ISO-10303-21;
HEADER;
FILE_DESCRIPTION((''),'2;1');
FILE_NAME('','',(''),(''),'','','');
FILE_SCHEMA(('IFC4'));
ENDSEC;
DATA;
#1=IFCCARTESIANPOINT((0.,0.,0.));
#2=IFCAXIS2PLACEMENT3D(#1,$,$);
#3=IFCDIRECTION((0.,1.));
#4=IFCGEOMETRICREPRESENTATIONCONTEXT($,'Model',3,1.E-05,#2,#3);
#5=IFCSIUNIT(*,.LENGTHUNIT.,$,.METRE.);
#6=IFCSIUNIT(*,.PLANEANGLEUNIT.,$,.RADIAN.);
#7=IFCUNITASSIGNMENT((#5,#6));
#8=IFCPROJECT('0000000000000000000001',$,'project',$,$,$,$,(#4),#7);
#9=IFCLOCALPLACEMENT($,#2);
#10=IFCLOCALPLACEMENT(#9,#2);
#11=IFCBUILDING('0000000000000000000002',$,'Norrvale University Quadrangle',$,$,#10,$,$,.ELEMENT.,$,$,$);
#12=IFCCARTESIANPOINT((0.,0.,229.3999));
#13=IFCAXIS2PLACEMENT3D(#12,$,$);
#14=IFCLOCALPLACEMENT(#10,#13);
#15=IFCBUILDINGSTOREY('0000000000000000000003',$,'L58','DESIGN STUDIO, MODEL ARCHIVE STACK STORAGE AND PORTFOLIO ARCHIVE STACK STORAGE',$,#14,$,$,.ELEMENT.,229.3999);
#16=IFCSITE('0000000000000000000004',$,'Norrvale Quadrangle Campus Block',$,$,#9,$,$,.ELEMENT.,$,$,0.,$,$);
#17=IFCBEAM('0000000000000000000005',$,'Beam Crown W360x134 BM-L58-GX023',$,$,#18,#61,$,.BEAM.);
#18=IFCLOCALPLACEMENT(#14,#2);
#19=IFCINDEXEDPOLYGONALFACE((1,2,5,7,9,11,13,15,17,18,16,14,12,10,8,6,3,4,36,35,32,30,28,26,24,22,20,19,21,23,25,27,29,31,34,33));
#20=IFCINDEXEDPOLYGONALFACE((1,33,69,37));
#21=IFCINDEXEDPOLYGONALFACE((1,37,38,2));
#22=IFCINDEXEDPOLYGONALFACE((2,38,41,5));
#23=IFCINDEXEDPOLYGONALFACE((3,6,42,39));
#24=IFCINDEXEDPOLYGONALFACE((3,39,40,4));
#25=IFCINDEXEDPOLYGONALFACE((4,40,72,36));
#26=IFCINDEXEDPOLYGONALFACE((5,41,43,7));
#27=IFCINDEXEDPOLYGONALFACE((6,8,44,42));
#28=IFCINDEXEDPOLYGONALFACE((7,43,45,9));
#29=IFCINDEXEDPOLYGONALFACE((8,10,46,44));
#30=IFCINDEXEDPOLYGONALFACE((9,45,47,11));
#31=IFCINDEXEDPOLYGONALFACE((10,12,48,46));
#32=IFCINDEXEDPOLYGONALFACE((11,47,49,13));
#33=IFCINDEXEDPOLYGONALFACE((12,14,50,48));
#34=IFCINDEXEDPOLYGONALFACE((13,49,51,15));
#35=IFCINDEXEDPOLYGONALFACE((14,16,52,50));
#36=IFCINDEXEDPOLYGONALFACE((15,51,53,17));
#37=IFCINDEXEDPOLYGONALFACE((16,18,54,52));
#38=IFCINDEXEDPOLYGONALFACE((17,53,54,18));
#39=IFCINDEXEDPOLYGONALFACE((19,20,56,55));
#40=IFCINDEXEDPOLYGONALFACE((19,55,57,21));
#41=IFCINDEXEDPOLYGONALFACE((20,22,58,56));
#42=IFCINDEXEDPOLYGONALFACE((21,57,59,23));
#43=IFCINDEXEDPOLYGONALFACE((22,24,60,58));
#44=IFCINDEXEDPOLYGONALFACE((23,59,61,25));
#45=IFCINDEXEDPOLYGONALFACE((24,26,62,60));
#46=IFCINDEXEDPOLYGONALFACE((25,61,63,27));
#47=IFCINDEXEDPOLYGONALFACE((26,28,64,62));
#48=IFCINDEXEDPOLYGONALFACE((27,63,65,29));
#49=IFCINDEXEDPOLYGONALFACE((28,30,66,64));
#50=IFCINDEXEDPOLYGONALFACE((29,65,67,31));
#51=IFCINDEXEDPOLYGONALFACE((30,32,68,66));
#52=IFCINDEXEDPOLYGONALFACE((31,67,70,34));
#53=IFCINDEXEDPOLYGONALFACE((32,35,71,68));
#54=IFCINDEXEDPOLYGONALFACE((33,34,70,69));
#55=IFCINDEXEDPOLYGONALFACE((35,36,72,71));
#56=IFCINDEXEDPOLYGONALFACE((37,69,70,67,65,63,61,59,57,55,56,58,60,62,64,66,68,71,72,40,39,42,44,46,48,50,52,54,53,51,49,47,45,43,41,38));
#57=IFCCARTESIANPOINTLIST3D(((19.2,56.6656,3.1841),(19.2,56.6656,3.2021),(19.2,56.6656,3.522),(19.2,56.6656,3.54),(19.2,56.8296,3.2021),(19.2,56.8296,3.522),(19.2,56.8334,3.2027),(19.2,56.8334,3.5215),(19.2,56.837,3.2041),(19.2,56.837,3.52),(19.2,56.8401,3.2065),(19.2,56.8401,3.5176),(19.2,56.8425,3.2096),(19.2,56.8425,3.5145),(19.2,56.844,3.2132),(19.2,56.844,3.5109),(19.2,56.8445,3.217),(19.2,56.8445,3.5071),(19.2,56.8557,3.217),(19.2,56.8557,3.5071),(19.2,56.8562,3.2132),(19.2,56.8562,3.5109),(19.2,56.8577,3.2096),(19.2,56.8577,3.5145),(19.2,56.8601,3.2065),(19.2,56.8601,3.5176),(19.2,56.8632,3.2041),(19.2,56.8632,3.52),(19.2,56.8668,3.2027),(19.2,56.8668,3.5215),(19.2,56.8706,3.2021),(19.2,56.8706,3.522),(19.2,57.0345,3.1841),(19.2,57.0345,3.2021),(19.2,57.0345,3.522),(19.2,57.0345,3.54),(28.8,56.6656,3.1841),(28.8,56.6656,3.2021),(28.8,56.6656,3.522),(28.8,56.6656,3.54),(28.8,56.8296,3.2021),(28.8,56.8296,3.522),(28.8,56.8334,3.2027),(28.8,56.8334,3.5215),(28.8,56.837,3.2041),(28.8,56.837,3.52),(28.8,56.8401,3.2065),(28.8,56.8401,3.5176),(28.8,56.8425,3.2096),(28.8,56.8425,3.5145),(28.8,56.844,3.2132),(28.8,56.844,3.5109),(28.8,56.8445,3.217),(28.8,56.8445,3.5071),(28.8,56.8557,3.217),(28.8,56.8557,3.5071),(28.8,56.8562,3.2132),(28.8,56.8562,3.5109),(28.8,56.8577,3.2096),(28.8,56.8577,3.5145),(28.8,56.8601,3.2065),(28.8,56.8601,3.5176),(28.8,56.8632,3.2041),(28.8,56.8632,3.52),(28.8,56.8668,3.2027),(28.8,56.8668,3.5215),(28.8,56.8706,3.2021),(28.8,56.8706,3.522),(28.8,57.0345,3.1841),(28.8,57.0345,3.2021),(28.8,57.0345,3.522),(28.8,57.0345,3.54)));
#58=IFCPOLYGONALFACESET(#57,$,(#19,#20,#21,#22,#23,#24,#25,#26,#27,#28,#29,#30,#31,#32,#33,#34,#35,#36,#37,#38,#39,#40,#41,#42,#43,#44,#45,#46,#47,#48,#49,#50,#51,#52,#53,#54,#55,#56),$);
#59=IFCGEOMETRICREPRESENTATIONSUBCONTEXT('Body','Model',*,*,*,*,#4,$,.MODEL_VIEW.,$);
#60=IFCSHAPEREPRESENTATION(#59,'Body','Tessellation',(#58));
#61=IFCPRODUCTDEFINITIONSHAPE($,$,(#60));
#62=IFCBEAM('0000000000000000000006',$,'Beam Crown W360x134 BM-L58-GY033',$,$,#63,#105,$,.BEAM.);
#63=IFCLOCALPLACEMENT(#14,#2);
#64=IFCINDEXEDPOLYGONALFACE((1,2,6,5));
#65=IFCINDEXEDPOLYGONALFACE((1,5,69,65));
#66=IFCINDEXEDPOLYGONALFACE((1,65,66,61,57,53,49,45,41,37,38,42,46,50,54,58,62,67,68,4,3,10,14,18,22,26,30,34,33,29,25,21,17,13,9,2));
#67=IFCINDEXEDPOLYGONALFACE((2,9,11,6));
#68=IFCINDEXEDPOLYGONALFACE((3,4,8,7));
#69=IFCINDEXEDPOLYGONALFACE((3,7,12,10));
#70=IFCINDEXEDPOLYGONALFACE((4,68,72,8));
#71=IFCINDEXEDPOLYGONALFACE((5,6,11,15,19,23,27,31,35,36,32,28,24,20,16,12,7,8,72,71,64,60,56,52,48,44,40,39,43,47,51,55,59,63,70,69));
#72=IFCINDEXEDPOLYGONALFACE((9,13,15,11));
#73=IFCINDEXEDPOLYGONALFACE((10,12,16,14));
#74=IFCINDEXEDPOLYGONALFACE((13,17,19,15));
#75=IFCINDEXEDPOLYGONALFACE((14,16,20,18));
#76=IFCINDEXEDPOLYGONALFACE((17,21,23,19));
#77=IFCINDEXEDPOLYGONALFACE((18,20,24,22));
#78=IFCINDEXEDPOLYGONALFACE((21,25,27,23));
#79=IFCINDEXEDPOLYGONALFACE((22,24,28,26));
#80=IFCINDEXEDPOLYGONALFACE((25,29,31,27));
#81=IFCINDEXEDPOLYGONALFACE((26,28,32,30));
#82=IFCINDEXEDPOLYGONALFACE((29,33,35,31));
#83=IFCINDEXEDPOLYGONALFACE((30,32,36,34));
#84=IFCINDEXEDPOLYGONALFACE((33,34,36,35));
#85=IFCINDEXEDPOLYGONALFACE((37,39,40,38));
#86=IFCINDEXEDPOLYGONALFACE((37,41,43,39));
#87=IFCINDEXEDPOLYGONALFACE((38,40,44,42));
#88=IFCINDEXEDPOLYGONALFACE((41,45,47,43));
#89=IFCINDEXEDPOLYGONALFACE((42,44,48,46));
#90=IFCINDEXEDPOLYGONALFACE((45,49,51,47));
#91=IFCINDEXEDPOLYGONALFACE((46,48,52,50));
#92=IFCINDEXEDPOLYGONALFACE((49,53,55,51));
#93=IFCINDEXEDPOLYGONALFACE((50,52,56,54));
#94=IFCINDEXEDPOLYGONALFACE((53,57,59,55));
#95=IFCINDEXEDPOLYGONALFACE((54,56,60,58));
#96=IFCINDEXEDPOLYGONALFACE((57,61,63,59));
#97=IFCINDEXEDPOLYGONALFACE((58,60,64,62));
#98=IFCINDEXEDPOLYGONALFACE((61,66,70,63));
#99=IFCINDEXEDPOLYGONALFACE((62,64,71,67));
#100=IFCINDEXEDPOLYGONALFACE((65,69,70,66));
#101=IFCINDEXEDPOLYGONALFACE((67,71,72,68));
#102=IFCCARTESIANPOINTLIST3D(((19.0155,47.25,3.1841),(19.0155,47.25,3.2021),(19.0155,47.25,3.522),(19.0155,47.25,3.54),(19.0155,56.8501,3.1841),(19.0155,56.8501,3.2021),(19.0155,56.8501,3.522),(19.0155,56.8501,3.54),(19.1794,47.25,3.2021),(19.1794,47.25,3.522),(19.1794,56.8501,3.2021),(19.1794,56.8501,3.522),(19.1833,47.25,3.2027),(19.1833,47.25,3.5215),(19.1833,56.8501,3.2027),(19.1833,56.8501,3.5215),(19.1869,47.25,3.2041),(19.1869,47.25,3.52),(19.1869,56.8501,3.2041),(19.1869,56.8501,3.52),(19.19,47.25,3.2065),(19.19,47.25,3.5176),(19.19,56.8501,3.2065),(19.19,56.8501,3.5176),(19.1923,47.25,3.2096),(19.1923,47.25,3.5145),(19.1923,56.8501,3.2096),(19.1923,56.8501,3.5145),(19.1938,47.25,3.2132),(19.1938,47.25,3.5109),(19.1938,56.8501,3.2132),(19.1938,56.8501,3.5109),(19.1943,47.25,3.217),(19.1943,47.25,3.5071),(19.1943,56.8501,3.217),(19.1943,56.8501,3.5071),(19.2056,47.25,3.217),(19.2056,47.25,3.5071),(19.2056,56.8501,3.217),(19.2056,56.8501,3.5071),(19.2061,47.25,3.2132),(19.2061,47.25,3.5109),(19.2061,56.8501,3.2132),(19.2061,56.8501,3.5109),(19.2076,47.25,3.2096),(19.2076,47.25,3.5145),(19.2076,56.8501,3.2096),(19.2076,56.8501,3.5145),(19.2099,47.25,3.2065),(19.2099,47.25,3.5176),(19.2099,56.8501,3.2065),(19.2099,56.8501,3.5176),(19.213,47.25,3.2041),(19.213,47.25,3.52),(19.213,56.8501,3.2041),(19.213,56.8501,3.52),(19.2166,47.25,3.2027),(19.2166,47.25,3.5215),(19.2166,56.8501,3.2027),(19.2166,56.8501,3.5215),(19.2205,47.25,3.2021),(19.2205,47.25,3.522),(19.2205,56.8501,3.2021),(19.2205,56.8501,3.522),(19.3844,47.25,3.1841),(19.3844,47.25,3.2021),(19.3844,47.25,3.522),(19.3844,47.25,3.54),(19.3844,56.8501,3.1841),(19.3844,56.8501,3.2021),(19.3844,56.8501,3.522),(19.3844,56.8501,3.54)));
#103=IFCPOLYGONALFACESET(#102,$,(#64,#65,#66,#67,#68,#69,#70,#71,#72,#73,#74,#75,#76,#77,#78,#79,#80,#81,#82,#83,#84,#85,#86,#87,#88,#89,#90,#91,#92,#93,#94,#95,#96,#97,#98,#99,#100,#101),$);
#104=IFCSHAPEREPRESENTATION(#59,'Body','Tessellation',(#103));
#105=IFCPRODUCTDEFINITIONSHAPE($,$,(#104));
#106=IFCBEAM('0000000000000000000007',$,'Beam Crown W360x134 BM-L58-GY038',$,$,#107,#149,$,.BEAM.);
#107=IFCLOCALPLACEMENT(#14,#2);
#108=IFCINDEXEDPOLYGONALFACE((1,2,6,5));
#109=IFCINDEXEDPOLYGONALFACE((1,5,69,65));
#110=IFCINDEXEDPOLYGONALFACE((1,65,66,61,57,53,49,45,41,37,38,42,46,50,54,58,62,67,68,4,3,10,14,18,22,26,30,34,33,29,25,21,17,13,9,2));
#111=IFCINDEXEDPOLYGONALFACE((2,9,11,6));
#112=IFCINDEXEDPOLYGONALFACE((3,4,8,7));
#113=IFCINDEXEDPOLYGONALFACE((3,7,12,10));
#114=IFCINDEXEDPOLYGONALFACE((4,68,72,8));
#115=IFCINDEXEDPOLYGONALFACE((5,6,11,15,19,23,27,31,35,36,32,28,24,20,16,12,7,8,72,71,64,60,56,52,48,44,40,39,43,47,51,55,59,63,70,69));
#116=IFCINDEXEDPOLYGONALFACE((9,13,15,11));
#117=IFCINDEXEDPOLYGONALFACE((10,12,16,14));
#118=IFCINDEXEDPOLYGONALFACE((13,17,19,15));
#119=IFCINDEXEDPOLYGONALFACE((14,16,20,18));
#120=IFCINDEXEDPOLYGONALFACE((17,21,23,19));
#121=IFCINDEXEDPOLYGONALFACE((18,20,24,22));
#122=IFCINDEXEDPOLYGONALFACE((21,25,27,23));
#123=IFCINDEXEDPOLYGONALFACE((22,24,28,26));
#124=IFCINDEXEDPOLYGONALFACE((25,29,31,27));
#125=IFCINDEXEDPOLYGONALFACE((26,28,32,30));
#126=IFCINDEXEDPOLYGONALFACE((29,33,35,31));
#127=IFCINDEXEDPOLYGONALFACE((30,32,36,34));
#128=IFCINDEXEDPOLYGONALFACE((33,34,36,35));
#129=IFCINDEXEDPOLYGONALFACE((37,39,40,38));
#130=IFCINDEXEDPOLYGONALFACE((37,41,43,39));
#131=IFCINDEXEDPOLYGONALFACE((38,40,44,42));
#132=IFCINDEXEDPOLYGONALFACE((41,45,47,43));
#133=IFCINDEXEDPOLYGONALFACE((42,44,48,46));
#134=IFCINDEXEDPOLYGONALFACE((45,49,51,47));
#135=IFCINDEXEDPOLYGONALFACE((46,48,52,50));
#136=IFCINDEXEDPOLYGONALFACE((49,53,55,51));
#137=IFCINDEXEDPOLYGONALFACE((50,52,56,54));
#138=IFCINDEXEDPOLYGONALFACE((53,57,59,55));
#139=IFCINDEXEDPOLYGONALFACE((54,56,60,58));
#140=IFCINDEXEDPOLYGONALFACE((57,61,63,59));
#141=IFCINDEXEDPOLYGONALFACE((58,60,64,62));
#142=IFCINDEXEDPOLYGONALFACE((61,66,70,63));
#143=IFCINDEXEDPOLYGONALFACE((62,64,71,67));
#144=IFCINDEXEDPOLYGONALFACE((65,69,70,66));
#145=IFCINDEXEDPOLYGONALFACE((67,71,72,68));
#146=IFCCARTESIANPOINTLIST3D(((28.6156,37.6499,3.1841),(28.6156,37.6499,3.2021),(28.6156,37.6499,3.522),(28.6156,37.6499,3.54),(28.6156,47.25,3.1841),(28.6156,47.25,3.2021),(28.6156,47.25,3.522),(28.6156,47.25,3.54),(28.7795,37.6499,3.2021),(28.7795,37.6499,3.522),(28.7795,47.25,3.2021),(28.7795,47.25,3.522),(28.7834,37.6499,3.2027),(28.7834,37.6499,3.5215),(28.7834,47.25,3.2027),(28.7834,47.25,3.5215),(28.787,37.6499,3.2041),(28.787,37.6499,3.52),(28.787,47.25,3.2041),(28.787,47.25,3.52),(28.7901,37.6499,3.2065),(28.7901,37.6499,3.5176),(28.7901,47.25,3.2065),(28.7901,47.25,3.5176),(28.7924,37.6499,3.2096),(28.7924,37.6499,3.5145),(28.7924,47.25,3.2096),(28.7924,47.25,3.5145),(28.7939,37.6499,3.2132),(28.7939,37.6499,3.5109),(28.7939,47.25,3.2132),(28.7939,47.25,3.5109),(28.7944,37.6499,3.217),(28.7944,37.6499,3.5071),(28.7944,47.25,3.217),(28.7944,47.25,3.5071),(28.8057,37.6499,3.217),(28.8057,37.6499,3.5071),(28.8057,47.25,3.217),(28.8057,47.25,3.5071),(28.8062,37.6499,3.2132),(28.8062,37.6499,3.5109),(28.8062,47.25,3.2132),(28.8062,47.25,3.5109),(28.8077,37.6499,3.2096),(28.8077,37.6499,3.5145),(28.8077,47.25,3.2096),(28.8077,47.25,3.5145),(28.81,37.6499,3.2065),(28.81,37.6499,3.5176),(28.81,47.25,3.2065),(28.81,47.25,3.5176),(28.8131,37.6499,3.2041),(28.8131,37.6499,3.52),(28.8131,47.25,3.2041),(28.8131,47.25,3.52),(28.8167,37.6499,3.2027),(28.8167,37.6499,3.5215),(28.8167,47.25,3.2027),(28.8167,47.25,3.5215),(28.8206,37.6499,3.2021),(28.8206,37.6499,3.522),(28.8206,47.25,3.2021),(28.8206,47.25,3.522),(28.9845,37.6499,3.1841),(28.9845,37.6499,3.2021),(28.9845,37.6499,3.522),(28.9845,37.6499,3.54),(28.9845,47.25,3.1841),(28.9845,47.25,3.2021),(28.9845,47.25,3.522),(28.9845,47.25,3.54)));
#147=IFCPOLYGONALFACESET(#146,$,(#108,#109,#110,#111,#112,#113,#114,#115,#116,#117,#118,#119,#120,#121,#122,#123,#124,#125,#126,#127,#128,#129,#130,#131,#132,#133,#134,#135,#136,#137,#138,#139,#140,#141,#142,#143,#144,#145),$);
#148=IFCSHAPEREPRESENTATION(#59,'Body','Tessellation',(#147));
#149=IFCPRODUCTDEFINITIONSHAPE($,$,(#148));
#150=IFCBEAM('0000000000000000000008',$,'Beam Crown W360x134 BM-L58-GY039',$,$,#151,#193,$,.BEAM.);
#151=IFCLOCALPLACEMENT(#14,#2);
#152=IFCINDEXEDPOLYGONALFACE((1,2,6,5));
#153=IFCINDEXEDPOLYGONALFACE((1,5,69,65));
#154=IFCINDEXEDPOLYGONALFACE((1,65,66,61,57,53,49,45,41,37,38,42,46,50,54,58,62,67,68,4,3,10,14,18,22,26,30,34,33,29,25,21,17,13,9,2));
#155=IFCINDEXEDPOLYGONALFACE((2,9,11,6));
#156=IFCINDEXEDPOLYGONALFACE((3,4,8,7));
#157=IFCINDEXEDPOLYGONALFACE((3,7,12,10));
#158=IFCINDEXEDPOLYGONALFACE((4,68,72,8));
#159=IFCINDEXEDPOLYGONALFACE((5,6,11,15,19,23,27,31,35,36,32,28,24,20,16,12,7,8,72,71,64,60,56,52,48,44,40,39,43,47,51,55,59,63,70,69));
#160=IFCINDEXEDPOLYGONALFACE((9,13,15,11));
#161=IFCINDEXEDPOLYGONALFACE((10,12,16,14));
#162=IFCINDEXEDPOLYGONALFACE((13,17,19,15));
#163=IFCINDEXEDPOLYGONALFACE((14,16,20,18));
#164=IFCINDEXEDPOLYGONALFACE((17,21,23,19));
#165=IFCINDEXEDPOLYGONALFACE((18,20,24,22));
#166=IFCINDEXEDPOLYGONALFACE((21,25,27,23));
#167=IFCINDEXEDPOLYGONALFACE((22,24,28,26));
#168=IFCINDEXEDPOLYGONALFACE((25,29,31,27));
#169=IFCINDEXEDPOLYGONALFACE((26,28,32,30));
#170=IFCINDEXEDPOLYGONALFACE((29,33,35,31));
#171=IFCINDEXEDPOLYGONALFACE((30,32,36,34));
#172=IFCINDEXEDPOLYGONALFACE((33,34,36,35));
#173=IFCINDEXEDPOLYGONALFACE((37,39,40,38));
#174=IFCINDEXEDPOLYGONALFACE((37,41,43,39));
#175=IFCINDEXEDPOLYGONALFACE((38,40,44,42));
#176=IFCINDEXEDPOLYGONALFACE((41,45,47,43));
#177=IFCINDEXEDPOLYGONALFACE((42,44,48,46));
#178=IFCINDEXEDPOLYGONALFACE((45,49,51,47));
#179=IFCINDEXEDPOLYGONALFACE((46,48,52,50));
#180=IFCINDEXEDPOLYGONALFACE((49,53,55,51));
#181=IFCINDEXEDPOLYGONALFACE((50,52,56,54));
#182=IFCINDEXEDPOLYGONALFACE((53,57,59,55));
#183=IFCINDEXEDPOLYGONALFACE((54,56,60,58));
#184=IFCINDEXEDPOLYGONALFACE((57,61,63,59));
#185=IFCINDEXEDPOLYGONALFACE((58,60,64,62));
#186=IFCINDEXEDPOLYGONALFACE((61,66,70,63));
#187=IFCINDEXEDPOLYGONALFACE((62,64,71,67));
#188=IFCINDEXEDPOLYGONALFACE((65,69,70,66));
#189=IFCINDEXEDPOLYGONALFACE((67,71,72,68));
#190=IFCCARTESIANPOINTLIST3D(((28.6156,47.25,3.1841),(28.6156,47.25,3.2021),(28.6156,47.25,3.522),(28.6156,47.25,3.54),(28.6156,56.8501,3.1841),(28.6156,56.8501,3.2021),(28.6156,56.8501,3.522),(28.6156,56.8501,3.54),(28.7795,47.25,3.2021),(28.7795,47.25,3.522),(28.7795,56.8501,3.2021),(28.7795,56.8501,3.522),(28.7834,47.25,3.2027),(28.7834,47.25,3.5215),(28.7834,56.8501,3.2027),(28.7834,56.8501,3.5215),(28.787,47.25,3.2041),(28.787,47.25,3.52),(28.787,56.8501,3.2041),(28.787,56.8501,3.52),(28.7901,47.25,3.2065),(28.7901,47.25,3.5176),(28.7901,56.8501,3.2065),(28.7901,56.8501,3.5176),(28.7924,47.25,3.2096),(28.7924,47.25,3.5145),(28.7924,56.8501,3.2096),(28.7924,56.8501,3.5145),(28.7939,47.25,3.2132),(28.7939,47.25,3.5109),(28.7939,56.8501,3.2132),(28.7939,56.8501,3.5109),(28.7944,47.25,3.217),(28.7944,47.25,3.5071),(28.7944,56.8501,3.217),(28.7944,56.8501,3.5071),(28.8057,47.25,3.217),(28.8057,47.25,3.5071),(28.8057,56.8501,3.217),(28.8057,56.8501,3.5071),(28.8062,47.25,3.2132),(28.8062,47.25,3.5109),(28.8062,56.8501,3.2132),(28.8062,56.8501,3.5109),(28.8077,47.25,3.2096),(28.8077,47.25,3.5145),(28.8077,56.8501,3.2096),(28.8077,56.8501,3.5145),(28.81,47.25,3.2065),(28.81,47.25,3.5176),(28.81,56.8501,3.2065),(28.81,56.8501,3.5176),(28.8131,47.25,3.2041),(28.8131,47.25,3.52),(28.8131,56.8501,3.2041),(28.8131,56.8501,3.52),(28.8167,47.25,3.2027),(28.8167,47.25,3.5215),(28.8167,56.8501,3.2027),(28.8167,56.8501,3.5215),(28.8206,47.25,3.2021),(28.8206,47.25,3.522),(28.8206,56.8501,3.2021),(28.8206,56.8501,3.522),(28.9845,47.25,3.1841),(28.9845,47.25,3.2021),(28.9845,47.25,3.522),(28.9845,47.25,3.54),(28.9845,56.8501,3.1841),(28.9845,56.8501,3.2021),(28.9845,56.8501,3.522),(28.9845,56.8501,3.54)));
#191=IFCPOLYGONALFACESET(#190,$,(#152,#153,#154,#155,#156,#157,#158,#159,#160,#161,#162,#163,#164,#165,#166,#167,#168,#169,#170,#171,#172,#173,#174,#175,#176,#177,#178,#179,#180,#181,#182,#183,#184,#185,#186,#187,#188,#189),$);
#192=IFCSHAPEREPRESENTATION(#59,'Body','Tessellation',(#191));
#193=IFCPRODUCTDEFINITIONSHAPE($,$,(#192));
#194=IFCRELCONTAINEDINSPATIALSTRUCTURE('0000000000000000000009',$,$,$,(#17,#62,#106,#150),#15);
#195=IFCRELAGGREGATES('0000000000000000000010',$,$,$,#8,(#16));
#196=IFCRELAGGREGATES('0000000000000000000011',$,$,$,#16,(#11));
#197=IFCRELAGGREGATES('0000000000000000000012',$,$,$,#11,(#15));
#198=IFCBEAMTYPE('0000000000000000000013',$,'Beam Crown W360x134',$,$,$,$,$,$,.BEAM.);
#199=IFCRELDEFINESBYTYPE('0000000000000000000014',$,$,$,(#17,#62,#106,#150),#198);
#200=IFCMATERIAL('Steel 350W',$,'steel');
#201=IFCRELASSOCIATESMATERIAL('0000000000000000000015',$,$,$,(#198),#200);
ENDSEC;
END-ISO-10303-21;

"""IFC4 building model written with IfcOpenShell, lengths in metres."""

from ifc_helpers import new_model, si_unit, direction, frame, origin, origin_2d, place, context, subcontext, project, spatial, i_section, extrude, material, material_profile, profile_set, type_object, element, save


model = new_model("IFC4")

# Units and contexts
model_context = context("Model", 3, precision=1e-05, world=origin(), true_north=direction((0.0, 1.0)))
body_context = subcontext(model_context, "Body", "Model", "MODEL_VIEW")
ifc_project = project(units=[si_unit("LENGTHUNIT", "METRE"), si_unit("PLANEANGLEUNIT", "RADIAN")], contexts=[model_context])

# Site, building, storey
site_placement = place(None, origin())
site = spatial("IfcSite", under=ifc_project, at=site_placement, Name="Norrvale Quadrangle Campus Block", CompositionType="ELEMENT", RefElevation=0.0)
building_placement = place(site_placement, origin())
building = spatial("IfcBuilding", under=site, at=building_placement, Name="Norrvale University Quadrangle", CompositionType="ELEMENT")
storey_placement = place(building_placement, frame((0.0, 0.0, 229.3999)))
storey = spatial("IfcBuildingStorey", under=building, at=storey_placement, Name="L58", Description="DESIGN STUDIO, MODEL ARCHIVE STACK STORAGE AND PORTFOLIO ARCHIVE STACK STORAGE", CompositionType="ELEMENT", Elevation=229.3999)

# Beams
ifc_material_1 = material(Name="Steel 350W", Category="steel")
ifc_material_profile_1 = material_profile(ifc_material_1, i_section(OverallWidth=0.3689, OverallDepth=0.356, WebThickness=0.0112, FlangeThickness=0.0181, FilletRadius=0.0149, at=origin_2d()), Name="Steel 350W")
ifc_profile_set_1 = profile_set([ifc_material_profile_1], Name="Steel 350W")
beam_type_1 = type_object("IfcBeamType", Name="Beam Crown W360x134", PredefinedType="BEAM", material=ifc_profile_set_1)
for number, where, z_axis, x_axis, name in (
    (1, (19.2, 56.8501, 3.3621), (1.0, 0.0, 0.0), (0.0, 1.0, 0.0), "Beam Crown W360x134 BM-L58-GX023"),
    (2, (19.2, 47.25, 3.3621), (0.0, 1.0, 0.0), (-1.0, 0.0, 0.0), "Beam Crown W360x134 BM-L58-GY033"),
    (3, (28.8, 37.6499, 3.3621), (0.0, 1.0, 0.0), (-1.0, 0.0, 0.0), "Beam Crown W360x134 BM-L58-GY038"),
    (4, (28.8, 47.25, 3.3621), (0.0, 1.0, 0.0), (-1.0, 0.0, 0.0), "Beam Crown W360x134 BM-L58-GY039"),
):
    element("IfcBeam", number, at=place(storey_placement, frame(where, z_axis=z_axis, x_axis=x_axis)), inside=storey, type_object=beam_type_1, Name=name, PredefinedType="BEAM", context=body_context, shape_type="SweptSolid", body=[
        extrude(i_section(OverallWidth=0.3689, OverallDepth=0.356, WebThickness=0.0112, FlangeThickness=0.0181, FilletRadius=0.0149, at=origin_2d()), origin(), (0.0, 0.0, 1.0), 9.6001),
    ])

save(model, "model.ifc")
